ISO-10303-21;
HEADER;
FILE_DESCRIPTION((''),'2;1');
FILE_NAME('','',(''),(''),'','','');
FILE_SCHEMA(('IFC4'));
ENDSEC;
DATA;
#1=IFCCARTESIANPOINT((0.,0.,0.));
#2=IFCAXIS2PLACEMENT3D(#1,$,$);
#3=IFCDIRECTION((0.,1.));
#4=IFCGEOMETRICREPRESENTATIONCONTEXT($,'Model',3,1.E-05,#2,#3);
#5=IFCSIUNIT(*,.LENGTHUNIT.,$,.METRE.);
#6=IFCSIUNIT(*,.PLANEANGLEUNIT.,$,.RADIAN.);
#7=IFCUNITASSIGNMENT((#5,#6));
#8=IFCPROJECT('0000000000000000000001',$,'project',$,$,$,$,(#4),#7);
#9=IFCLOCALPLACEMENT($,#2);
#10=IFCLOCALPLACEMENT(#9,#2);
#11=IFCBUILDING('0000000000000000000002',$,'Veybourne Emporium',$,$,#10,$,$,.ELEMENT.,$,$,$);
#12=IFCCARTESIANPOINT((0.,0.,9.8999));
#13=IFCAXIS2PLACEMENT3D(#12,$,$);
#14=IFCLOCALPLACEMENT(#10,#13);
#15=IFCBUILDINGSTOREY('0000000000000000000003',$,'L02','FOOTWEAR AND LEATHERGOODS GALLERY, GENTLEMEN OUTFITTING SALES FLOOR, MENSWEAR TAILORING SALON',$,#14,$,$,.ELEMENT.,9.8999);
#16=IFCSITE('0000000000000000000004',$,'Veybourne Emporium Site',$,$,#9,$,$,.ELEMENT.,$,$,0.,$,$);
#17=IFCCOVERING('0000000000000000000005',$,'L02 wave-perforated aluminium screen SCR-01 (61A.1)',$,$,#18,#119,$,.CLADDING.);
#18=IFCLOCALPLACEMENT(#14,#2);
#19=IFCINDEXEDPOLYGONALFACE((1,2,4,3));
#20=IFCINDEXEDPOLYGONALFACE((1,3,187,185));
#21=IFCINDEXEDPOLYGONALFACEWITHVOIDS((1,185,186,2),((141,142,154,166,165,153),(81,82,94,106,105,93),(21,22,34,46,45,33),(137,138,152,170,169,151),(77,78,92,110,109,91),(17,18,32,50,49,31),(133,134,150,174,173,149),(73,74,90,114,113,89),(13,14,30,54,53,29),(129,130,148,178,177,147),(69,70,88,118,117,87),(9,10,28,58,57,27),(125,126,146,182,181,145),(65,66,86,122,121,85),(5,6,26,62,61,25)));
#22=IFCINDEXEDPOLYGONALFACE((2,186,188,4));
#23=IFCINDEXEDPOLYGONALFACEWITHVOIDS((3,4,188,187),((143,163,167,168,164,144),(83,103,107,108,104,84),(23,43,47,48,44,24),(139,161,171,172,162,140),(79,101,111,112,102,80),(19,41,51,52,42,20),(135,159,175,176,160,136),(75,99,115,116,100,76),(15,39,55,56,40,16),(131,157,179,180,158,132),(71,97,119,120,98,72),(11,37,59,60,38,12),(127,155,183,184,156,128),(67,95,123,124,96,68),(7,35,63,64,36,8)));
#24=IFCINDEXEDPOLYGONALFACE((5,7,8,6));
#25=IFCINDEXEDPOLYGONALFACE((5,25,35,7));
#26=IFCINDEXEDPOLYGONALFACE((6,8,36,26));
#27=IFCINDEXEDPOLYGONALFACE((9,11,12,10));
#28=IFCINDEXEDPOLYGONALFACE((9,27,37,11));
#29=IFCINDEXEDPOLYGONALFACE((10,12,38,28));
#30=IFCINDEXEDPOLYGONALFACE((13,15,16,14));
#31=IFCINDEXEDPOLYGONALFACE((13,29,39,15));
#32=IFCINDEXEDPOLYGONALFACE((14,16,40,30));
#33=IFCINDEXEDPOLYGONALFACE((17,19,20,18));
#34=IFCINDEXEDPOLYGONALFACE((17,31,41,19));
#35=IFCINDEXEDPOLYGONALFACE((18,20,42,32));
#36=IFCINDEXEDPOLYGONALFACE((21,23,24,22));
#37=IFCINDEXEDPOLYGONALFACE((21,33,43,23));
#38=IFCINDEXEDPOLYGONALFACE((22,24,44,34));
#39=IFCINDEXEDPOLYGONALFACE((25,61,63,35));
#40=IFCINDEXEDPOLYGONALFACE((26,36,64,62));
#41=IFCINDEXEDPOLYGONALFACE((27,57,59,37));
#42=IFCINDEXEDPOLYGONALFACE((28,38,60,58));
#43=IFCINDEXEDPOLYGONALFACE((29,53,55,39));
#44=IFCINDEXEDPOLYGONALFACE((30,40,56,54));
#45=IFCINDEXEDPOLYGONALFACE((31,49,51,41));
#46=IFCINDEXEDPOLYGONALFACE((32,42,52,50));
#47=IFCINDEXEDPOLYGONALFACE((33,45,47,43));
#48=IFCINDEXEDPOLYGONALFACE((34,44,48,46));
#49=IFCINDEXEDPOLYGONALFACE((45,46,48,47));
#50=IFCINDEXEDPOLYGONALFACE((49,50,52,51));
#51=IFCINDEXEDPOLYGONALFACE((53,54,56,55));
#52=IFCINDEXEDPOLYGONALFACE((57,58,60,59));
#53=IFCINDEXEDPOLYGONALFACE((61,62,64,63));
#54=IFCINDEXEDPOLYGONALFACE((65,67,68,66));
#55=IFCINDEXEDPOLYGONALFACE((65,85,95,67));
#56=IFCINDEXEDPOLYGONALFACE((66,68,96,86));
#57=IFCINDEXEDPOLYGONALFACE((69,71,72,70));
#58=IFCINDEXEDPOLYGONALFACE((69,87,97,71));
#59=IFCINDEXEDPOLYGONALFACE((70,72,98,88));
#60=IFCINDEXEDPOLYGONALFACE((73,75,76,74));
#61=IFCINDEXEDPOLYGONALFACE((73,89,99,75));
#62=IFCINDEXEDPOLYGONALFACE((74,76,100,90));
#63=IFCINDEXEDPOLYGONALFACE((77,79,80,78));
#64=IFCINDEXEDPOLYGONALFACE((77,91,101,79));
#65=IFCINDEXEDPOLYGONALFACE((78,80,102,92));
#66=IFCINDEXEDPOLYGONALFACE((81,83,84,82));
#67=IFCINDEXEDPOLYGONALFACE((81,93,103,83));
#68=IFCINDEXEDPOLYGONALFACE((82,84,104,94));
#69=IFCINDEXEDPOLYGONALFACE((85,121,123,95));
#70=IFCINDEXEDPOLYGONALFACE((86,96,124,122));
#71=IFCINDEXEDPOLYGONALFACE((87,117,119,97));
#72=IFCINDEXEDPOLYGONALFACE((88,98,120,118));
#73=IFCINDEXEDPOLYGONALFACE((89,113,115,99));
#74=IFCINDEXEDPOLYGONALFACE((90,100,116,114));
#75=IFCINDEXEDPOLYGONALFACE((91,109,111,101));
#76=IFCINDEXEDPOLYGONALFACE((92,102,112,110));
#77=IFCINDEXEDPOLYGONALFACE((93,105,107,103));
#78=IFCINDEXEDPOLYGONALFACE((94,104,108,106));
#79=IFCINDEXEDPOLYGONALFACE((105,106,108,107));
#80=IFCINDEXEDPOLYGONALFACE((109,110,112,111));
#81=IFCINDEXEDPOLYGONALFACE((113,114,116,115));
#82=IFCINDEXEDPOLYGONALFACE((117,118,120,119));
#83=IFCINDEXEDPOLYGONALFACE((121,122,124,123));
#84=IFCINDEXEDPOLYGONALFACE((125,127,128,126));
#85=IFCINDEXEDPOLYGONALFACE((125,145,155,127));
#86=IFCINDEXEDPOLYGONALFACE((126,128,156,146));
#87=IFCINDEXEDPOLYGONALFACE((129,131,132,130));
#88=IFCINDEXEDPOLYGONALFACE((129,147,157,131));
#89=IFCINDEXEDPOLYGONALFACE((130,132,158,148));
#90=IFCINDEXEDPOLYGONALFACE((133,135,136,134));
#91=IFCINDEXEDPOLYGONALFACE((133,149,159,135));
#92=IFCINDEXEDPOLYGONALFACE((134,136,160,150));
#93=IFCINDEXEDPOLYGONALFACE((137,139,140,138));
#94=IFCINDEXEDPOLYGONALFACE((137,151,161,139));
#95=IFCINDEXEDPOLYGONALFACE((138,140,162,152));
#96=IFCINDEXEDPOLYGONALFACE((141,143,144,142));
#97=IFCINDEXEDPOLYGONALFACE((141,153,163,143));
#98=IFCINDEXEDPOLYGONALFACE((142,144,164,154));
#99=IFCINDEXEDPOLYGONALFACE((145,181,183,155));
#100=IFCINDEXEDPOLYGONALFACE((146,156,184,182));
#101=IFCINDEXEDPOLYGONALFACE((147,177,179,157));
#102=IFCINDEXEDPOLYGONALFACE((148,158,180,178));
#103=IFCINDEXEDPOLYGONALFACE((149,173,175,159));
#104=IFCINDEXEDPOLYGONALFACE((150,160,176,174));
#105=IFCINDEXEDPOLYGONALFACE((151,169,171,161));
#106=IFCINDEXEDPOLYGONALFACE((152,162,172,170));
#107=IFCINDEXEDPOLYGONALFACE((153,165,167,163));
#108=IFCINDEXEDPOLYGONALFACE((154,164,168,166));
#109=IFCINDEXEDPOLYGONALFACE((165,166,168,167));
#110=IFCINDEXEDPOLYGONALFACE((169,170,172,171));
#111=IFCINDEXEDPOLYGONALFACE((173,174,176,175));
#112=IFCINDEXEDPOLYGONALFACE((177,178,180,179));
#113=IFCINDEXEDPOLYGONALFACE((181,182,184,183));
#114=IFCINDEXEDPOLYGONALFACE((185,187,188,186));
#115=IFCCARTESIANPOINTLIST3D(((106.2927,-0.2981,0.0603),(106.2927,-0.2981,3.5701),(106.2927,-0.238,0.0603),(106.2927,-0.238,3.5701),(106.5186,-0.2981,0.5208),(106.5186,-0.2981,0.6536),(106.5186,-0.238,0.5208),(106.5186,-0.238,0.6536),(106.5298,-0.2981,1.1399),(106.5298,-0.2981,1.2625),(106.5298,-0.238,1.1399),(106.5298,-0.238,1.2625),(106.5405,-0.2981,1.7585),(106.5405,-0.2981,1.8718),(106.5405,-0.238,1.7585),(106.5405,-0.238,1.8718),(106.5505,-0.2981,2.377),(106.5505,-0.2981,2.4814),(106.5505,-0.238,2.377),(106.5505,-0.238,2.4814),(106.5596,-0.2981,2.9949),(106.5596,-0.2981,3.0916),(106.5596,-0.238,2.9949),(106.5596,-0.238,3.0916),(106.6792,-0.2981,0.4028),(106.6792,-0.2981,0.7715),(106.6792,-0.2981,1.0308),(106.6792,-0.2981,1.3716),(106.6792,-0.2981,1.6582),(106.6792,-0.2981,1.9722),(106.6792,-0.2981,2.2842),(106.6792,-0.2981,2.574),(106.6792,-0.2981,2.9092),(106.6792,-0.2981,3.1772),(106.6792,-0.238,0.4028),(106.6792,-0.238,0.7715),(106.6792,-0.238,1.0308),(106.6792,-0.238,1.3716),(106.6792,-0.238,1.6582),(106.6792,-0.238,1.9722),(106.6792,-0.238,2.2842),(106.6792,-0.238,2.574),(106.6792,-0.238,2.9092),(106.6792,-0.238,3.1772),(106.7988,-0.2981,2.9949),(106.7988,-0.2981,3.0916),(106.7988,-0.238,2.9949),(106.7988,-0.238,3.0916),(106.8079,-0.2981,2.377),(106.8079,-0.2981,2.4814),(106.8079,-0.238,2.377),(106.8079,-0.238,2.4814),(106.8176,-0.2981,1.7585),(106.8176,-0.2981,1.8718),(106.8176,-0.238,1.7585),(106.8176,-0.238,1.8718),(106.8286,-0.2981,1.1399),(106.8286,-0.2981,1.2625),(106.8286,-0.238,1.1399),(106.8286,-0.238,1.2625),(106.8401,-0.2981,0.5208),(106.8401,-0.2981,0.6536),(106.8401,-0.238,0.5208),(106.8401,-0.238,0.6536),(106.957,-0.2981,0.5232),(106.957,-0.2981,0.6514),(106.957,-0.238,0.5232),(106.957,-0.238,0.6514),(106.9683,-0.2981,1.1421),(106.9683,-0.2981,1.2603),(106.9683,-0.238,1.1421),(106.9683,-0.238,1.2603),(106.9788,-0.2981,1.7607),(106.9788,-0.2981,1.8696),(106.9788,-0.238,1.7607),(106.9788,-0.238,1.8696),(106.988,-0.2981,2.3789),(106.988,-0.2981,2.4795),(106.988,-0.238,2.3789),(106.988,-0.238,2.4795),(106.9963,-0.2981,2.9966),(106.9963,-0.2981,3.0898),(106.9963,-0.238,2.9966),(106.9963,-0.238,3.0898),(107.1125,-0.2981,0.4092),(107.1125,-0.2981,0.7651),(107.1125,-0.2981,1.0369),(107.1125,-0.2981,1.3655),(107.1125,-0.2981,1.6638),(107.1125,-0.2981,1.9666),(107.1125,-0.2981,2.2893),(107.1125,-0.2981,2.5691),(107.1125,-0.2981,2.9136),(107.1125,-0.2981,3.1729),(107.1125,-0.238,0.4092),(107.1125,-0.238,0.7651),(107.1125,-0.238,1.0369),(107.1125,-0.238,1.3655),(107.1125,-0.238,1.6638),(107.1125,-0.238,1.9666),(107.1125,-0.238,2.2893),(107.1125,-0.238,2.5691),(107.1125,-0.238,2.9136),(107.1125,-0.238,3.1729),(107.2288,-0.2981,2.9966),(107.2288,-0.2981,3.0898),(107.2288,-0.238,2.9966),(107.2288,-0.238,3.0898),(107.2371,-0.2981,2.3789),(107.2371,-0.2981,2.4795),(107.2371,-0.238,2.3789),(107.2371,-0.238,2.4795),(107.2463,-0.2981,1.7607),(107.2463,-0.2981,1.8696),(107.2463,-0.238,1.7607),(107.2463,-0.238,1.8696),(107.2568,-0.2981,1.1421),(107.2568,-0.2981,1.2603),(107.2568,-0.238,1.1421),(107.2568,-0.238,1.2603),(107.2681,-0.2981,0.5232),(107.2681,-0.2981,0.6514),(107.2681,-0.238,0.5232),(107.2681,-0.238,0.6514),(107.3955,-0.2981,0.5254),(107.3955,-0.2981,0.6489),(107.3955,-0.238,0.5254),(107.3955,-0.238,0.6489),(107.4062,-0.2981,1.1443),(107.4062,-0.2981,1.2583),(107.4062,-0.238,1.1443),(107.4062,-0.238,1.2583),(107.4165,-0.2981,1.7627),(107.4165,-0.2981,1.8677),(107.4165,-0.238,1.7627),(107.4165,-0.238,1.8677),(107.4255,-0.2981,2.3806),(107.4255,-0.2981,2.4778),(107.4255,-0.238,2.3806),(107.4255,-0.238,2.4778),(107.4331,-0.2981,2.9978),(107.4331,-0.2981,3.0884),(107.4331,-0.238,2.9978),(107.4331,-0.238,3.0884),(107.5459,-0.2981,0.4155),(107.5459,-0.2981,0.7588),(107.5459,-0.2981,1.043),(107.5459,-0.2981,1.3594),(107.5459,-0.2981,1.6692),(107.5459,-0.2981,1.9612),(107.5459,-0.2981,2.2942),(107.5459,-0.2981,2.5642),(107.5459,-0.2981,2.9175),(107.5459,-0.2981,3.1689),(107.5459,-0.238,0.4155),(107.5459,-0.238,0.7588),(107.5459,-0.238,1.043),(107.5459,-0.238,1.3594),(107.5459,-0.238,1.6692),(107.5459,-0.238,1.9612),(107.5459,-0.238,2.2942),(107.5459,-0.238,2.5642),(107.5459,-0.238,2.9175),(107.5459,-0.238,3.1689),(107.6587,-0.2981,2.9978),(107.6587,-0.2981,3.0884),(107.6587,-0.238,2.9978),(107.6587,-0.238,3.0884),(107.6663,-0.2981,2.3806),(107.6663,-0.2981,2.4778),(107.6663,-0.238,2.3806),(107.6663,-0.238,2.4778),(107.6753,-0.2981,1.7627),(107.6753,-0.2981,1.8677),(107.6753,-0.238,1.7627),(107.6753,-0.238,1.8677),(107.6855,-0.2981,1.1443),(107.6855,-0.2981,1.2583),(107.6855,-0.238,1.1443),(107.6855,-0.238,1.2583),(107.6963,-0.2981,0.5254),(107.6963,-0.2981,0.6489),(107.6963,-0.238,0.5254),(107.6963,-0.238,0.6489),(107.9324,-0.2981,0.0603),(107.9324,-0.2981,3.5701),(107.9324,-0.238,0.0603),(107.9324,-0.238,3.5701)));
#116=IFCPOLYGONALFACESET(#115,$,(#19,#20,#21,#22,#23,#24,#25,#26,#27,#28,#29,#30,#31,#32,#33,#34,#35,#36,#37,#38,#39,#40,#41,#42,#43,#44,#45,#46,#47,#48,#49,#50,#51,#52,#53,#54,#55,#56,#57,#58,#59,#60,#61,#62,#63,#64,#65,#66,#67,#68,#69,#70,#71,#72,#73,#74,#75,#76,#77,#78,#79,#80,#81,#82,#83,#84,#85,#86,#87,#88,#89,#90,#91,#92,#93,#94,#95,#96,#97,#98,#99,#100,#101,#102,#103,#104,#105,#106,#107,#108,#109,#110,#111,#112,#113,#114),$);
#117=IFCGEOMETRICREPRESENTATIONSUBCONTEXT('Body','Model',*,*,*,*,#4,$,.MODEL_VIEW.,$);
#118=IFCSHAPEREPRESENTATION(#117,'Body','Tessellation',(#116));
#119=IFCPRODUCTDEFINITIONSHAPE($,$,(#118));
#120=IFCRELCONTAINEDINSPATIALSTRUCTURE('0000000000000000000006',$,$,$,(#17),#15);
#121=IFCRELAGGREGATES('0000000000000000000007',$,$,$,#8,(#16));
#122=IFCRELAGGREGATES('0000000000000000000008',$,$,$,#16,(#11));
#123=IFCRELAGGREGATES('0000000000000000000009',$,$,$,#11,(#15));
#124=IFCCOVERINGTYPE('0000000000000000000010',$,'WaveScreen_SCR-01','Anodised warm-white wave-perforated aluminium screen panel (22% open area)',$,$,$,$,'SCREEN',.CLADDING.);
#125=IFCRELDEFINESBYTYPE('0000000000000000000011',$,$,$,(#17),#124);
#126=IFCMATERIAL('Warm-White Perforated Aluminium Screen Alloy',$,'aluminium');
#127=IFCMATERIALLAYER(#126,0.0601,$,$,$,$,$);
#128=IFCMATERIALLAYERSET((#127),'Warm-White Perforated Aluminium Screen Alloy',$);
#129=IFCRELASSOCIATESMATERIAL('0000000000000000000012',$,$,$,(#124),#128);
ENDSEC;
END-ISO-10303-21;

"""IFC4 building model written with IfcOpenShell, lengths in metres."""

from ifc_helpers import new_model, si_unit, direction, frame, origin, place, context, subcontext, project, spatial, polyline, outline, extrude, material, layer, layer_set, type_object, element, save


model = new_model("IFC4")

# Units and contexts
model_context = context("Model", 3, precision=1e-05, world=origin(), true_north=direction((0.0, 1.0)))
body_context = subcontext(model_context, "Body", "Model", "MODEL_VIEW")
ifc_project = project(units=[si_unit("LENGTHUNIT", "METRE"), si_unit("PLANEANGLEUNIT", "RADIAN")], contexts=[model_context])

# Site, building, storey
site_placement = place(None, origin())
site = spatial("IfcSite", under=ifc_project, at=site_placement, Name="Veybourne Emporium Site", CompositionType="ELEMENT", RefElevation=0.0)
building_placement = place(site_placement, origin())
building = spatial("IfcBuilding", under=site, at=building_placement, Name="Veybourne Emporium", CompositionType="ELEMENT")
storey_placement = place(building_placement, frame((0.0, 0.0, 9.8999)))
storey = spatial("IfcBuildingStorey", under=building, at=storey_placement, Name="L02", Description="FOOTWEAR AND LEATHERGOODS GALLERY, GENTLEMEN OUTFITTING SALES FLOOR, MENSWEAR TAILORING SALON", CompositionType="ELEMENT", Elevation=9.8999)

# Covering
ifc_material_1 = material(Name="Warm-White Perforated Aluminium Screen Alloy", Category="aluminium")
ifc_layer_1 = layer(ifc_material_1, 0.0601)
ifc_layer_set_1 = layer_set([ifc_layer_1], Name="Warm-White Perforated Aluminium Screen Alloy")
covering_type_1 = type_object("IfcCoveringType", Name="WaveScreen_SCR-01", Description="Anodised warm-white wave-perforated aluminium screen panel (22% open area)", ElementType="SCREEN", PredefinedType="CLADDING", material=ifc_layer_set_1)
covering_1_placement = place(storey_placement, frame((107.1125, -0.2981, 1.8152), z_axis=(0.0, 1.0, 0.0), x_axis=(-1.0, 0.0, 0.0)))
element("IfcCovering", 1, at=covering_1_placement, inside=storey, type_object=covering_type_1, Name="L02 wave-perforated aluminium screen SCR-01 (61A.1)", PredefinedType="CLADDING", context=body_context, shape_type="SweptSolid", body=[
    extrude(outline(polyline([(-0.8198, -1.7549), (0.8198, -1.7549), (0.8198, 1.7549), (-0.8198, 1.7549), (-0.8198, -1.7549)]), holes=[polyline([(-0.4333, -1.0564), (-0.283, -1.1663), (-0.283, -1.2898), (-0.4333, -1.3997), (-0.5837, -1.2898), (-0.5837, -1.1663), (-0.4333, -1.0564)]), polyline([(-0.4333, -0.4558), (-0.2937, -0.5569), (-0.2937, -0.6709), (-0.4333, -0.7722), (-0.573, -0.6709), (-0.573, -0.5569), (-0.4333, -0.4558)]), polyline([(-0.4333, 0.146), (-0.304, 0.0525), (-0.304, -0.0525), (-0.4333, -0.146), (-0.5627, -0.0525), (-0.5627, 0.0525), (-0.4333, 0.146)]), polyline([(-0.4333, 0.749), (-0.313, 0.6626), (-0.313, 0.5654), (-0.4333, 0.479), (-0.5537, 0.5654), (-0.5537, 0.6626), (-0.4333, 0.749)]), polyline([(-0.4333, 1.3538), (-0.3206, 1.2732), (-0.3206, 1.1826), (-0.4333, 1.1023), (-0.5461, 1.1826), (-0.5461, 1.2732), (-0.4333, 1.3538)]), polyline([(0.0, -1.05), (0.1555, -1.1638), (0.1555, -1.292), (0.0, -1.406), (-0.1555, -1.292), (-0.1555, -1.1638), (0.0, -1.05)]), polyline([(0.0, -0.4497), (0.1443, -0.5549), (0.1443, -0.6731), (0.0, -0.7783), (-0.1443, -0.6731), (-0.1443, -0.5549), (0.0, -0.4497)]), polyline([(0.0, 0.1514), (0.1338, 0.0544), (0.1338, -0.0544), (0.0, -0.1514), (-0.1338, -0.0544), (-0.1338, 0.0544), (0.0, 0.1514)]), polyline([(0.0, 0.7539), (0.1245, 0.6643), (0.1245, 0.5637), (0.0, 0.4741), (-0.1245, 0.5637), (-0.1245, 0.6643), (0.0, 0.7539)]), polyline([(0.0, 1.3577), (0.1162, 1.2747), (0.1162, 1.1814), (0.0, 1.0984), (-0.1162, 1.1814), (-0.1162, 1.2747), (0.0, 1.3577)]), polyline([(0.4333, -1.0437), (0.594, -1.1616), (0.594, -1.2944), (0.4333, -1.4124), (0.2725, -1.2944), (0.2725, -1.1616), (0.4333, -1.0437)]), polyline([(0.4333, -0.4436), (0.5828, -0.5527), (0.5828, -0.6753), (0.4333, -0.7844), (0.2839, -0.6753), (0.2839, -0.5527), (0.4333, -0.4436)]), polyline([(0.4333, 0.157), (0.572, 0.0566), (0.572, -0.0566), (0.4333, -0.157), (0.2949, -0.0566), (0.2949, 0.0566), (0.4333, 0.157)]), polyline([(0.4333, 0.7588), (0.562, 0.6663), (0.562, 0.5618), (0.4333, 0.469), (0.3047, 0.5618), (0.3047, 0.6663), (0.4333, 0.7588)]), polyline([(0.4333, 1.3621), (0.553, 1.2764), (0.553, 1.1797), (0.4333, 1.094), (0.3137, 1.1797), (0.3137, 1.2764), (0.4333, 1.3621)])]), origin(), (0.0, 0.0, 1.0), 0.0601),
])

save(model, "model.ifc")
